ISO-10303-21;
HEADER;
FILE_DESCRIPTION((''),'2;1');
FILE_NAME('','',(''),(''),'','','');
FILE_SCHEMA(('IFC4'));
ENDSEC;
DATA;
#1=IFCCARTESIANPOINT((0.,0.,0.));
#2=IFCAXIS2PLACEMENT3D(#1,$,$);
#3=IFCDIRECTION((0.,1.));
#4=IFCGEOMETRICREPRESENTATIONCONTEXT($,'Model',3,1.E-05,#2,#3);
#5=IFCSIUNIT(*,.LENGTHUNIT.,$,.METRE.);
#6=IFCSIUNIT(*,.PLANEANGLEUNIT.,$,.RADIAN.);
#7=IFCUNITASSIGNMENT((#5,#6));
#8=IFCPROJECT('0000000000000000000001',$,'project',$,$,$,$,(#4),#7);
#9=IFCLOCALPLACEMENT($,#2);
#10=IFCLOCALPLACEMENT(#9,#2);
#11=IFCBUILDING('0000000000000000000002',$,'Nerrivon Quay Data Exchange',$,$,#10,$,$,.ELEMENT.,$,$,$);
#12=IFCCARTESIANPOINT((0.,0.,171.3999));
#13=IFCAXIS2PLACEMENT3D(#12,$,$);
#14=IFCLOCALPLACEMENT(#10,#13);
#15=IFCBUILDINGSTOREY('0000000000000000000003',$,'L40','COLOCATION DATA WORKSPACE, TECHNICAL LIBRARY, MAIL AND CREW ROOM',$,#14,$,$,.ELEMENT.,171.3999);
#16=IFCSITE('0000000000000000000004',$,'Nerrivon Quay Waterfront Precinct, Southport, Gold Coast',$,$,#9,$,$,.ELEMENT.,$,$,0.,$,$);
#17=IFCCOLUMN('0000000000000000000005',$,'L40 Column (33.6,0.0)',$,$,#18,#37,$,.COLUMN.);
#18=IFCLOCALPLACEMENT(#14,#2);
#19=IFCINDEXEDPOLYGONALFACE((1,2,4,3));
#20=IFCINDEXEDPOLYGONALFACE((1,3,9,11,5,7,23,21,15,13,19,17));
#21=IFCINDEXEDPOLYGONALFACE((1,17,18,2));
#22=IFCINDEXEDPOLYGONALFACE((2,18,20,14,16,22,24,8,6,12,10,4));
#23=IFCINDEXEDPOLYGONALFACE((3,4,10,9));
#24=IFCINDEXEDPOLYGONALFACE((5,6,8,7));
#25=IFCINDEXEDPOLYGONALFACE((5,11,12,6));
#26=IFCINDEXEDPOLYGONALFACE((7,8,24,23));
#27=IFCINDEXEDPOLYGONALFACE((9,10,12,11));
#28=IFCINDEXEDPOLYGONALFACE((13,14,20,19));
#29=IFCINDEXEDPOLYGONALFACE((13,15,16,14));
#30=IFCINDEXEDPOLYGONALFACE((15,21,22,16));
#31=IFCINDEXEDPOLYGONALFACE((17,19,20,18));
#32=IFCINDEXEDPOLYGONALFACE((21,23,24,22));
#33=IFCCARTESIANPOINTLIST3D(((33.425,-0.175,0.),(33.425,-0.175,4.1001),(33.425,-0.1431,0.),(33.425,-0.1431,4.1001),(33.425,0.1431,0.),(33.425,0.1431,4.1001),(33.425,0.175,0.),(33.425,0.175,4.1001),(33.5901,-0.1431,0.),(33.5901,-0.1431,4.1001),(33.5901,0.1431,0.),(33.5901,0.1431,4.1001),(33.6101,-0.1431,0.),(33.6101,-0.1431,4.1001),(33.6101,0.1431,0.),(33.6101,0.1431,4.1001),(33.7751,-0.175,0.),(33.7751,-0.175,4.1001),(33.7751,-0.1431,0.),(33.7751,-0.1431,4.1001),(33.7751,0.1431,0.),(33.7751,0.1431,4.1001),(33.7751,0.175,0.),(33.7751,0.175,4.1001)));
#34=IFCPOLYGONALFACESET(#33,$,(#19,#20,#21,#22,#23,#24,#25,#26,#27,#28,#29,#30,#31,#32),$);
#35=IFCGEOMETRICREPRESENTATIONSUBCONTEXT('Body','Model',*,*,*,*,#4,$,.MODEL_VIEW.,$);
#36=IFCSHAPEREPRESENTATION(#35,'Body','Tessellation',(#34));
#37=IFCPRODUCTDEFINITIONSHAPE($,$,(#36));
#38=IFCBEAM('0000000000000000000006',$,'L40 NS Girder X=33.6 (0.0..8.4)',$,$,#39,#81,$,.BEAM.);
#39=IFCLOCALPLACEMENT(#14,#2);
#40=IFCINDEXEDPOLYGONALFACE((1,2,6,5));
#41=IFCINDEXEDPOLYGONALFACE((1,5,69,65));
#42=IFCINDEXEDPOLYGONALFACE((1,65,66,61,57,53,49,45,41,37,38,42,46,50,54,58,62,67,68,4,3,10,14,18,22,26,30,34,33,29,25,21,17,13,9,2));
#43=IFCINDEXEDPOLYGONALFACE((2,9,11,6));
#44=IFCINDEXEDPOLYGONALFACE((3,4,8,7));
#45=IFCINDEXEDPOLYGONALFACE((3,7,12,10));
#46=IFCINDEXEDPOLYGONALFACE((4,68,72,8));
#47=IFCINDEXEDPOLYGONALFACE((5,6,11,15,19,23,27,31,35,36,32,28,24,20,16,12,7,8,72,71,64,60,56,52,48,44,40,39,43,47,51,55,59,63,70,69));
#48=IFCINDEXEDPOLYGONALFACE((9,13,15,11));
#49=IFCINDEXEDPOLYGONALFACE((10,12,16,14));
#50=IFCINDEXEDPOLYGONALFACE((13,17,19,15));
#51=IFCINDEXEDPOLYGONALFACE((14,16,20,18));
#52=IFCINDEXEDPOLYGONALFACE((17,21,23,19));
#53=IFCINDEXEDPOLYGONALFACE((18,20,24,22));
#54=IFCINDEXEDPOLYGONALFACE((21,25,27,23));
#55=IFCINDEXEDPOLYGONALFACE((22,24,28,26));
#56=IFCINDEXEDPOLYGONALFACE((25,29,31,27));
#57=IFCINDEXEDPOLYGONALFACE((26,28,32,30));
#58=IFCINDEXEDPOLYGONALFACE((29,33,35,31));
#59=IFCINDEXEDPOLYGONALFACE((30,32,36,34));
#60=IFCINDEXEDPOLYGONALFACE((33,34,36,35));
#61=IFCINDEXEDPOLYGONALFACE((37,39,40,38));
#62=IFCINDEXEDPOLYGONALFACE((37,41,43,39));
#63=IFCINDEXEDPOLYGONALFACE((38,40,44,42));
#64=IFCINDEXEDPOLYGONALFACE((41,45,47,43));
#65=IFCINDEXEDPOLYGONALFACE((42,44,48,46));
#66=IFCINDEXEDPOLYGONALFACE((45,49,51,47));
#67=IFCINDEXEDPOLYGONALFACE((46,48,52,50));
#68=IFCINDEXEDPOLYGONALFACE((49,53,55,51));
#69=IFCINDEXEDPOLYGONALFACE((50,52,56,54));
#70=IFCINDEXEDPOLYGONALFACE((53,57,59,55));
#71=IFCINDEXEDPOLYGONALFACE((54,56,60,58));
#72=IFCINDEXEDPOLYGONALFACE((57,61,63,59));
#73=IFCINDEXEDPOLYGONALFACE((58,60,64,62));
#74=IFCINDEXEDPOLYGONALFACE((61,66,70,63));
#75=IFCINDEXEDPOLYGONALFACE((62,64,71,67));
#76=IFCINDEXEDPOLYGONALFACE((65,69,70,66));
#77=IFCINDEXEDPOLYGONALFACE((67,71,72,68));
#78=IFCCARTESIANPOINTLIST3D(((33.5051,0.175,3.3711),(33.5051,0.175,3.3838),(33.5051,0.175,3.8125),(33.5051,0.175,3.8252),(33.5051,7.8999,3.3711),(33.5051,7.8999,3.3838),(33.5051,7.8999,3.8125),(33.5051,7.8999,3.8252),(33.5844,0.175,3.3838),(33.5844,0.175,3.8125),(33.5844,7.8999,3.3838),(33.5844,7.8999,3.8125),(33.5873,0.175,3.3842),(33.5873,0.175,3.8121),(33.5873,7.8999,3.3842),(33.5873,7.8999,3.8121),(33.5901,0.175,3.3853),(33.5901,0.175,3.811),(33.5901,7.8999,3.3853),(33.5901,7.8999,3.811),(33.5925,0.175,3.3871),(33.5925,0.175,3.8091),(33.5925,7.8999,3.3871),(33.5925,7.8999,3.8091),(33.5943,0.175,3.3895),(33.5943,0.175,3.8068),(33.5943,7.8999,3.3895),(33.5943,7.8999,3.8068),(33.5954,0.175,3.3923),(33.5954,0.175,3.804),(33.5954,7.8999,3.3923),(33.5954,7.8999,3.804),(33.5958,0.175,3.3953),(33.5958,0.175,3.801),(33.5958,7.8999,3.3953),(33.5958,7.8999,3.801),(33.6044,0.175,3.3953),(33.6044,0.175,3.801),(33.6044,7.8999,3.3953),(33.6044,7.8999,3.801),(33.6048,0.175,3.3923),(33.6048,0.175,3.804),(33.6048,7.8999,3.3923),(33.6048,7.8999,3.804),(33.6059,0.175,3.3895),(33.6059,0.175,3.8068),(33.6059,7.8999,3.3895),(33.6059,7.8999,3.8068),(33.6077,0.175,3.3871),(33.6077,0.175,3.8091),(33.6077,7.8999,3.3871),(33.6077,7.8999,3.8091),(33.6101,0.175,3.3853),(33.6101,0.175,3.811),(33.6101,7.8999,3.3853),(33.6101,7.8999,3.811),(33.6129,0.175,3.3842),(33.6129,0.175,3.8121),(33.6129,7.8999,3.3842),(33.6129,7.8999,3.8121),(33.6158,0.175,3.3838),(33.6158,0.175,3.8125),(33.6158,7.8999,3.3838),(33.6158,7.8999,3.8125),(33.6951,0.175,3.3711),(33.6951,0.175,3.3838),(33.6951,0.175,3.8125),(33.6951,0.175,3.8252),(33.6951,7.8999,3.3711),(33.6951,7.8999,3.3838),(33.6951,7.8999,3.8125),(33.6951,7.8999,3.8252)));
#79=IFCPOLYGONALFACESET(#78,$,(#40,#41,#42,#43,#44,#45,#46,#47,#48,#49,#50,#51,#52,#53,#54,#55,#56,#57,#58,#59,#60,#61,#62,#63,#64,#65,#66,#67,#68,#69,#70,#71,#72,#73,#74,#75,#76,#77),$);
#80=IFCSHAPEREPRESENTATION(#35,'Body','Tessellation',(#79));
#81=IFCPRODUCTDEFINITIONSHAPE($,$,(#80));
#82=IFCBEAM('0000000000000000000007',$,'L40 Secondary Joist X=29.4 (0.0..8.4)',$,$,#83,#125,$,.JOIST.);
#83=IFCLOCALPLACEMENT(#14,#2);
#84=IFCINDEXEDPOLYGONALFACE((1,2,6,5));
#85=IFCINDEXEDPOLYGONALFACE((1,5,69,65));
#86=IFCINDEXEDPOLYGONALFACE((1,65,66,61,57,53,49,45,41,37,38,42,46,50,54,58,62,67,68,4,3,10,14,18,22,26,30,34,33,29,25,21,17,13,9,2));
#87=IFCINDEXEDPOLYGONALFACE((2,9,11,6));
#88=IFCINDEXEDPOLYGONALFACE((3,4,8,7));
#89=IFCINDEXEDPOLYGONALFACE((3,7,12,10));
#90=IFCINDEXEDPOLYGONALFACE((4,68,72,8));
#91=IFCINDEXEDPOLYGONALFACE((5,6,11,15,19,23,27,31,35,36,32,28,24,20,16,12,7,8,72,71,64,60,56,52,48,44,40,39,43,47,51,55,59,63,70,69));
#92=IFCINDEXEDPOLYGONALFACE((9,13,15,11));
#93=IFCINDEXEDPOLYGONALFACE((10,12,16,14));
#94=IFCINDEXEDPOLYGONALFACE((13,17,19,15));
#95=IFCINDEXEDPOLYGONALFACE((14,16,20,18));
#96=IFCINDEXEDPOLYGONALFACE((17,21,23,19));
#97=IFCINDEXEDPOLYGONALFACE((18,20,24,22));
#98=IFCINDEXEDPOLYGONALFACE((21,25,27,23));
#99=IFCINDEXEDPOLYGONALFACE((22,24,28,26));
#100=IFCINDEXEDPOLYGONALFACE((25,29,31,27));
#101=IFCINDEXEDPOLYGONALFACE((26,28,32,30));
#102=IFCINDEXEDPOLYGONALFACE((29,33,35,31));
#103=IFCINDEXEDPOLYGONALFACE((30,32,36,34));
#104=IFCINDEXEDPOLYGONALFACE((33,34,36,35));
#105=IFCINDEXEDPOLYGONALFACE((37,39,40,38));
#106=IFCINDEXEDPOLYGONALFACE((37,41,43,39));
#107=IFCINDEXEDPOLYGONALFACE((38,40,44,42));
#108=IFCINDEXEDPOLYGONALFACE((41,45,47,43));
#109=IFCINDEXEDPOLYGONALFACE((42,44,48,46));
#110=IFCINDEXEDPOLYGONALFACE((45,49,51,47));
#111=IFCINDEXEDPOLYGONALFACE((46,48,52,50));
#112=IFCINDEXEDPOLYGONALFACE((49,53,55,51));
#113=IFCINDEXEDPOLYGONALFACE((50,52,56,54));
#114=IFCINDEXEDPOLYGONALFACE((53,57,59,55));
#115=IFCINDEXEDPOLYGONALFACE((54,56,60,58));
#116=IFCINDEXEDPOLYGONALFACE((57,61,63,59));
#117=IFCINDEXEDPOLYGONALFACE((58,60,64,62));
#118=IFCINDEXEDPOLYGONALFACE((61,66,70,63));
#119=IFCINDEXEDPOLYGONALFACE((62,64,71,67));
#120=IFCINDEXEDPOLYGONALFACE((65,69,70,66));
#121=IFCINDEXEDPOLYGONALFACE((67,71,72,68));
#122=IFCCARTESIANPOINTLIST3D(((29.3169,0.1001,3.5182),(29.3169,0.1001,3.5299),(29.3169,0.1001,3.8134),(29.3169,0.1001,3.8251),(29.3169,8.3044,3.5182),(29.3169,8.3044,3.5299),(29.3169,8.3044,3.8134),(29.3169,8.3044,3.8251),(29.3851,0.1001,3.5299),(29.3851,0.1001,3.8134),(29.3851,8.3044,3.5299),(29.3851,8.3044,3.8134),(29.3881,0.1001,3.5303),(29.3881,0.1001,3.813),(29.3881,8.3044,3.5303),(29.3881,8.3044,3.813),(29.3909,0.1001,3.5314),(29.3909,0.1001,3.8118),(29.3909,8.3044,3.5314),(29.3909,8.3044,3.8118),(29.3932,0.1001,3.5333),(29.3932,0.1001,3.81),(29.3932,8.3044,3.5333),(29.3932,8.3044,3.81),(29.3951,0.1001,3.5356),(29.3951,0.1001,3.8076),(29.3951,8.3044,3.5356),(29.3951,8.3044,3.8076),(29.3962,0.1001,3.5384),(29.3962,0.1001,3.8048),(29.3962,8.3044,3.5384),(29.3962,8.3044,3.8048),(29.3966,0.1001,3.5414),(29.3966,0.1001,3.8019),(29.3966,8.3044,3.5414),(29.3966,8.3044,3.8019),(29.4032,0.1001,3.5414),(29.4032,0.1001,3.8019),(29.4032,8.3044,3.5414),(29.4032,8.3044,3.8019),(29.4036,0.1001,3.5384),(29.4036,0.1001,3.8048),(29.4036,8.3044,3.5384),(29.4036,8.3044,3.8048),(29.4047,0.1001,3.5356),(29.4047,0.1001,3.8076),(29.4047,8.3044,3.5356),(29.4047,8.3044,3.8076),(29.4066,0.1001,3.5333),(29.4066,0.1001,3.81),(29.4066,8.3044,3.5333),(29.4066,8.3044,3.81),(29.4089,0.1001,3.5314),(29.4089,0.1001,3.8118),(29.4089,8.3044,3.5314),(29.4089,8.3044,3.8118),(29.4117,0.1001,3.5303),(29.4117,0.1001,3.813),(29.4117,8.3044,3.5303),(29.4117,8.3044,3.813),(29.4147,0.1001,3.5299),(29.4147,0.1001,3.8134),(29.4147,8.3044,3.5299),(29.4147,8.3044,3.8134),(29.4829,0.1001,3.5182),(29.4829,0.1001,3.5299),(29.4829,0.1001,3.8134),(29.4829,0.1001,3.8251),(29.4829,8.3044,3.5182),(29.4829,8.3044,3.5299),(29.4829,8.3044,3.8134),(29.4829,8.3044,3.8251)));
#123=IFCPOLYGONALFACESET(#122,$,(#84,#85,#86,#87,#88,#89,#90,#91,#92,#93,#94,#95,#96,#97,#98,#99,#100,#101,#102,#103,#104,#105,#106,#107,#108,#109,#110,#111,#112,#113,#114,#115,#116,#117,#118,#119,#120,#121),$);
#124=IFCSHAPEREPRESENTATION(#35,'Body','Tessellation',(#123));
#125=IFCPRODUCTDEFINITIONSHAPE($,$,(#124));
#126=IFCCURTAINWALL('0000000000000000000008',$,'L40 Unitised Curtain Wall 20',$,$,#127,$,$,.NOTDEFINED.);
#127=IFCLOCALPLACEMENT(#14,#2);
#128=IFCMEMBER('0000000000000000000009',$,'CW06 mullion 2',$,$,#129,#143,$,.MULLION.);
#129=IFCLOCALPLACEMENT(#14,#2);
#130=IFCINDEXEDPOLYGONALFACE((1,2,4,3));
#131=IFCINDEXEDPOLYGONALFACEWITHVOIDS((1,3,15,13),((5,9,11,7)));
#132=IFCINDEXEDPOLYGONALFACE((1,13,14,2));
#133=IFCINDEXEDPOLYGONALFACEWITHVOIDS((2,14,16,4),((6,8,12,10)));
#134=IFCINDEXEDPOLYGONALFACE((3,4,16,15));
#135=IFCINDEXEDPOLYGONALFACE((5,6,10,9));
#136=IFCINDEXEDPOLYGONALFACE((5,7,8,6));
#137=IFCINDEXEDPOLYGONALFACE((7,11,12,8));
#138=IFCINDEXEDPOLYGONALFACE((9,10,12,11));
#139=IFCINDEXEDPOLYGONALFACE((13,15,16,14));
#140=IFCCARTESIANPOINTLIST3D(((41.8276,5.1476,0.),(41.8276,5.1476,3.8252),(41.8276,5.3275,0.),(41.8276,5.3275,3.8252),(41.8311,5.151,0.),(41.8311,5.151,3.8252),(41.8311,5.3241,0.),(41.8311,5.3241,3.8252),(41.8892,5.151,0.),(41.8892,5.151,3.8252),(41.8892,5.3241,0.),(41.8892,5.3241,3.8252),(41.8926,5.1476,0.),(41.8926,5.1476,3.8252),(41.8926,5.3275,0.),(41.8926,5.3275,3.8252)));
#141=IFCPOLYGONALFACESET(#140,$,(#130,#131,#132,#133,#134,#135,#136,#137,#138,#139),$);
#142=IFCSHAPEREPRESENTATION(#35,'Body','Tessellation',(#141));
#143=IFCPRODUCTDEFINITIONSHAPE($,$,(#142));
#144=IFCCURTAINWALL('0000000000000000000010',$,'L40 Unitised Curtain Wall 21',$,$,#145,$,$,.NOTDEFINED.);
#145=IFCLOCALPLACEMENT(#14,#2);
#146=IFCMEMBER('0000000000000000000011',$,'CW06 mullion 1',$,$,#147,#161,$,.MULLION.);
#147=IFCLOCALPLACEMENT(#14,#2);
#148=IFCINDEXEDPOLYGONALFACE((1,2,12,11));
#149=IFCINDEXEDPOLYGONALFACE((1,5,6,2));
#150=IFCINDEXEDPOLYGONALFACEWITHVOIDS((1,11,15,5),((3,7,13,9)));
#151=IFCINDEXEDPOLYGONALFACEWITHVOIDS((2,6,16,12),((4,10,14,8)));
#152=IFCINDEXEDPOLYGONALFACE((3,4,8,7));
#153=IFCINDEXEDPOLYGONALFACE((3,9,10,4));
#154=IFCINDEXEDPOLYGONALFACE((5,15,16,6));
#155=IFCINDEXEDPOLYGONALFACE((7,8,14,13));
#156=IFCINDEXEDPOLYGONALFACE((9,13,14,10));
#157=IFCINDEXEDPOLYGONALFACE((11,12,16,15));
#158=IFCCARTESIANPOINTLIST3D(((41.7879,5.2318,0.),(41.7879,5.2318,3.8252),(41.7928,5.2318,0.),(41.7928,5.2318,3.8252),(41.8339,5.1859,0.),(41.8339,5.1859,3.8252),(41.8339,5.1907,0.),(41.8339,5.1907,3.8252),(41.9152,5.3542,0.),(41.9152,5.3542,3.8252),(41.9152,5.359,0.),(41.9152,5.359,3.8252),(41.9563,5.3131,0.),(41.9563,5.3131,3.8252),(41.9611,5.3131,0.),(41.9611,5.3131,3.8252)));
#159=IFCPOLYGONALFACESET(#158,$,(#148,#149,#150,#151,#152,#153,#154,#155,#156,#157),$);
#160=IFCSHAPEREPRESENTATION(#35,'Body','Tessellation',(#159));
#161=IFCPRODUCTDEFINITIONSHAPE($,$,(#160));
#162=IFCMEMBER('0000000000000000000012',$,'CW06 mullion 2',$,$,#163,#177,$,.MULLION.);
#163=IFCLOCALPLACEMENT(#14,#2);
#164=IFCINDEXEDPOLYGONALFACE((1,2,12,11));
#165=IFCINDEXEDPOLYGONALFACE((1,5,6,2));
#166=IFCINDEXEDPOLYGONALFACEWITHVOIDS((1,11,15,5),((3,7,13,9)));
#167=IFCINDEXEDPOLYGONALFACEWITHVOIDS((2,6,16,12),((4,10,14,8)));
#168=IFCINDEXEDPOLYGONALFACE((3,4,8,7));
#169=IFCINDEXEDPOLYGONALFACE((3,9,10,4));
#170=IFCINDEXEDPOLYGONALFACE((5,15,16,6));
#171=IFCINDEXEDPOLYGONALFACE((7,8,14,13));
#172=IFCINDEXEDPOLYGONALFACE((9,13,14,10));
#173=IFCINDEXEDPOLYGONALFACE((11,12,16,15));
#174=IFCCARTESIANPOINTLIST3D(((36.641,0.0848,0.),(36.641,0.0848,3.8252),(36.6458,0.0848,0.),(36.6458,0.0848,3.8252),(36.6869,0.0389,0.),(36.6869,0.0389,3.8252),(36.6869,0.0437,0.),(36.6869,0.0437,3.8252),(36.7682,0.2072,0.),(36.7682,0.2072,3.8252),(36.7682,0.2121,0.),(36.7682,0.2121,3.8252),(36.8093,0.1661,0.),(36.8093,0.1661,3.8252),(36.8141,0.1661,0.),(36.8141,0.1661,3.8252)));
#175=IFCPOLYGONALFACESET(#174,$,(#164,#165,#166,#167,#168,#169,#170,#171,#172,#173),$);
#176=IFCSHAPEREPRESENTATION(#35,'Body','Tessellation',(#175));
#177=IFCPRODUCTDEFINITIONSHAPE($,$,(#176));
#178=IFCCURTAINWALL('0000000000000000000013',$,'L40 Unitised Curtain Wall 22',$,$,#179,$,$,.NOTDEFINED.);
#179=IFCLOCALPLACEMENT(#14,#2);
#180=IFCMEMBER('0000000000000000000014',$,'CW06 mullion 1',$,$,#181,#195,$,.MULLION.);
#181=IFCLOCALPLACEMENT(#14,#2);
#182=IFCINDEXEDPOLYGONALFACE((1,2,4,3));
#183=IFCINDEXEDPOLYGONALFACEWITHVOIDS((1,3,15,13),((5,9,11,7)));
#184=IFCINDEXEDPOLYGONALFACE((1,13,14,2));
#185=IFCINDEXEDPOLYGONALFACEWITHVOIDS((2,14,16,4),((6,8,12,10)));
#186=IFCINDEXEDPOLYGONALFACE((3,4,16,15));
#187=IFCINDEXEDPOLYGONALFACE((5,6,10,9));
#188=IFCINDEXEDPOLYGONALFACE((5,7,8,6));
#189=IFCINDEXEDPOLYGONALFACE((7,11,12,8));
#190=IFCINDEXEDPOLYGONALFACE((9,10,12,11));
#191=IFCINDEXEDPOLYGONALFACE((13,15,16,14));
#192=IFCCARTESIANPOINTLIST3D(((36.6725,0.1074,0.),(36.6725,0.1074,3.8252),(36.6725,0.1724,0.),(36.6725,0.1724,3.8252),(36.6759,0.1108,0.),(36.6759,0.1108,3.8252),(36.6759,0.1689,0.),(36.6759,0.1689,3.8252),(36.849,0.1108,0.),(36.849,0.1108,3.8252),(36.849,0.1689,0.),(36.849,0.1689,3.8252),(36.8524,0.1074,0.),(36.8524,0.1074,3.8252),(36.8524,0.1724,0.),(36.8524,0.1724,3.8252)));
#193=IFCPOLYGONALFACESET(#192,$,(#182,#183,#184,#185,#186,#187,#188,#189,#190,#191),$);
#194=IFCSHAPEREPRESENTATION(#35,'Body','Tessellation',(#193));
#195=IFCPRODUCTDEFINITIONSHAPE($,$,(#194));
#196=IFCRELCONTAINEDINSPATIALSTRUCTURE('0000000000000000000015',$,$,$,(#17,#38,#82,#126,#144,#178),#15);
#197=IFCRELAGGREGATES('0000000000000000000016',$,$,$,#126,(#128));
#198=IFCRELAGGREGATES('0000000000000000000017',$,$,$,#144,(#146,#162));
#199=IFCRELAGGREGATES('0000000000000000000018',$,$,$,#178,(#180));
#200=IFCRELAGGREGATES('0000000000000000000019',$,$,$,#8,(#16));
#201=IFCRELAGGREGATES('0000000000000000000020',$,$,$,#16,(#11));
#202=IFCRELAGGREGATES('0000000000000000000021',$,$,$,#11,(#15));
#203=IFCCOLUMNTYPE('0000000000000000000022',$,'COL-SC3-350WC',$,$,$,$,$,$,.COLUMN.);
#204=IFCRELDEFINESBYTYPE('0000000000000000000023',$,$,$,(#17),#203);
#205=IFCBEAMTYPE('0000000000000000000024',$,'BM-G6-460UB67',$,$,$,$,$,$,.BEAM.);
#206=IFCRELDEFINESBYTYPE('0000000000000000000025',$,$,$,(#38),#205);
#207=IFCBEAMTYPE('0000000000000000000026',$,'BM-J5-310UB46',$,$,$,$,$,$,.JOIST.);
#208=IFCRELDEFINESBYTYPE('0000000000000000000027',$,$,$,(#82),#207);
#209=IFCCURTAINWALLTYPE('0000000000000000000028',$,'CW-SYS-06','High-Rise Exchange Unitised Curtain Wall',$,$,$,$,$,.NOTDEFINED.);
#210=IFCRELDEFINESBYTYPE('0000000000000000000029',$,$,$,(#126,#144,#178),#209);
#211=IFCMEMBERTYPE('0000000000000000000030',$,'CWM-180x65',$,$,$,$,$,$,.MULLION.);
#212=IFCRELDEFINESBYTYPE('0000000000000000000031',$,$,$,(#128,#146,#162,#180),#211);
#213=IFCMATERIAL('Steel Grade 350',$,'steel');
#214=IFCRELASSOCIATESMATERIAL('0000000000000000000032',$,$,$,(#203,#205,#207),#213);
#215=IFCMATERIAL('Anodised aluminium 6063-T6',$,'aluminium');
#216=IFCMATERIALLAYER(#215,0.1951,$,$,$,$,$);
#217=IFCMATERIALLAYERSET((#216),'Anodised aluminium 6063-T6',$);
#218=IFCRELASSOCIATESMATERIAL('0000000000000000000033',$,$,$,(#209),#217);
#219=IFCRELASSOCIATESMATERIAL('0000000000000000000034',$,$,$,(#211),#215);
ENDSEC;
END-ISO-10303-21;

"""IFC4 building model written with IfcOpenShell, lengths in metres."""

from ifc_helpers import new_model, si_unit, direction, frame, origin, origin_2d, place, context, subcontext, project, spatial, hollow_rectangle, i_section, extrude, material, layer, layer_set, material_profile, profile_set, type_object, element, aggregate, save


model = new_model("IFC4")

# Units and contexts
model_context = context("Model", 3, precision=1e-05, world=origin(), true_north=direction((0.0, 1.0)))
body_context = subcontext(model_context, "Body", "Model", "MODEL_VIEW")
ifc_project = project(units=[si_unit("LENGTHUNIT", "METRE"), si_unit("PLANEANGLEUNIT", "RADIAN")], contexts=[model_context])

# Site, building, storey
site_placement = place(None, origin())
site = spatial("IfcSite", under=ifc_project, at=site_placement, Name="Nerrivon Quay Waterfront Precinct, Southport, Gold Coast", CompositionType="ELEMENT", RefElevation=0.0)
building_placement = place(site_placement, origin())
building = spatial("IfcBuilding", under=site, at=building_placement, Name="Nerrivon Quay Data Exchange", CompositionType="ELEMENT")
storey_placement = place(building_placement, frame((0.0, 0.0, 171.3999)))
storey = spatial("IfcBuildingStorey", under=building, at=storey_placement, Name="L40", Description="COLOCATION DATA WORKSPACE, TECHNICAL LIBRARY, MAIL AND CREW ROOM", CompositionType="ELEMENT", Elevation=171.3999)

# Column
ifc_material_1 = material(Name="Steel Grade 350", Category="steel")
ifc_material_profile_1 = material_profile(ifc_material_1, i_section(OverallWidth=0.3501, OverallDepth=0.3501, WebThickness=0.02, FlangeThickness=0.032, at=origin_2d()), Name="350WC230")
ifc_profile_set_1 = profile_set([ifc_material_profile_1], Name="Steel Grade 350")
column_type = type_object("IfcColumnType", Name="COL-SC3-350WC", PredefinedType="COLUMN", material=ifc_profile_set_1)
column_placement = place(storey_placement, frame((33.6001, 0.0, 0.0), z_axis=(0.0, 0.0, 1.0), x_axis=(1.0, 0.0, 0.0)))
element("IfcColumn", 1, at=column_placement, inside=storey, type_object=column_type, Name="L40 Column (33.6,0.0)", PredefinedType="COLUMN", context=body_context, shape_type="SweptSolid", body=[
    extrude(i_section(OverallWidth=0.3501, OverallDepth=0.3501, WebThickness=0.02, FlangeThickness=0.032, at=origin_2d()), origin(), (0.0, 0.0, 1.0), 4.1001),
])

# Beams
ifc_material_profile_2 = material_profile(ifc_material_1, i_section(OverallWidth=0.1899, OverallDepth=0.4541, WebThickness=0.0085, FlangeThickness=0.0127, FilletRadius=0.0115, at=origin_2d()), Name="460UB67.1")
ifc_profile_set_2 = profile_set([ifc_material_profile_2], Name="Steel Grade 350")
beam_type_1 = type_object("IfcBeamType", Name="BM-G6-460UB67", PredefinedType="BEAM", material=ifc_profile_set_2)
beam_1_placement = place(storey_placement, frame((33.6001, 0.175, 3.5981), z_axis=(0.0, 1.0, 0.0), x_axis=(-1.0, 0.0, 0.0)))
element("IfcBeam", 2, at=beam_1_placement, inside=storey, type_object=beam_type_1, Name="L40 NS Girder X=33.6 (0.0..8.4)", PredefinedType="BEAM", context=body_context, shape_type="SweptSolid", body=[
    extrude(i_section(OverallWidth=0.1899, OverallDepth=0.4541, WebThickness=0.0085, FlangeThickness=0.0127, FilletRadius=0.0115, at=origin_2d()), origin(), (0.0, 0.0, 1.0), 7.7249),
])
ifc_material_profile_3 = material_profile(ifc_material_1, i_section(OverallWidth=0.166, OverallDepth=0.3069, WebThickness=0.0066, FlangeThickness=0.0117, FilletRadius=0.0115, at=origin_2d()), Name="310UB46.2")
ifc_profile_set_3 = profile_set([ifc_material_profile_3], Name="Steel Grade 350")
beam_type_2 = type_object("IfcBeamType", Name="BM-J5-310UB46", PredefinedType="JOIST", material=ifc_profile_set_3)
beam_2_placement = place(storey_placement, frame((29.3999, 0.1001, 3.6716), z_axis=(0.0, 1.0, 0.0), x_axis=(-1.0, 0.0, 0.0)))
element("IfcBeam", 3, at=beam_2_placement, inside=storey, type_object=beam_type_2, Name="L40 Secondary Joist X=29.4 (0.0..8.4)", PredefinedType="JOIST", context=body_context, shape_type="SweptSolid", body=[
    extrude(i_section(OverallWidth=0.166, OverallDepth=0.3069, WebThickness=0.0066, FlangeThickness=0.0117, FilletRadius=0.0115, at=origin_2d()), origin(), (0.0, 0.0, 1.0), 8.2043),
])

# Curtain wall, member
ifc_material_2 = material(Name="Anodised aluminium 6063-T6", Category="aluminium")
ifc_layer_1 = layer(ifc_material_2, 0.1951)
ifc_layer_set_1 = layer_set([ifc_layer_1], Name="Anodised aluminium 6063-T6")
curtain_wall_type = type_object("IfcCurtainWallType", Name="CW-SYS-06", Description="High-Rise Exchange Unitised Curtain Wall", PredefinedType="NOTDEFINED", material=ifc_layer_set_1)
curtain_wall_1_placement = place(storey_placement, origin())
curtain_wall_1 = element("IfcCurtainWall", 4, at=curtain_wall_1_placement, inside=storey, type_object=curtain_wall_type, Name="L40 Unitised Curtain Wall 20", PredefinedType="NOTDEFINED")
ifc_material_profile_4 = material_profile(ifc_material_2, hollow_rectangle(XDim=0.0649, YDim=0.1799, WallThickness=0.0034, at=origin_2d()), Name="ALU-MULL-180x65")
ifc_profile_set_4 = profile_set([ifc_material_profile_4], Name="Anodised aluminium 6063-T6")
member_type_1 = type_object("IfcMemberType", Name="CWM-180x65", PredefinedType="MULLION", material=ifc_profile_set_4)
member_1_placement = place(storey_placement, frame((41.8601, 5.2375, 0.0), z_axis=(0.0, 0.0, 1.0), x_axis=(1.0, 0.0, 0.0)))
member_1 = element("IfcMember", 5, at=member_1_placement, type_object=member_type_1, Name="CW06 mullion 2", PredefinedType="MULLION", context=body_context, shape_type="SweptSolid", body=[
    extrude(hollow_rectangle(XDim=0.0649, YDim=0.1799, WallThickness=0.0034, at=origin_2d()), origin(), (0.0, 0.0, 1.0), 3.8252),
])

# Curtain walls, members
curtain_wall_2_placement = place(storey_placement, origin())
curtain_wall_2 = element("IfcCurtainWall", 6, at=curtain_wall_2_placement, inside=storey, type_object=curtain_wall_type, Name="L40 Unitised Curtain Wall 21", PredefinedType="NOTDEFINED")
member_2_placement = place(storey_placement, frame((41.8745, 5.2725, 0.0), z_axis=(0.0, 0.0, 1.0), x_axis=(0.707107, -0.707107, 0.0)))
member_2 = element("IfcMember", 7, at=member_2_placement, type_object=member_type_1, Name="CW06 mullion 1", PredefinedType="MULLION", context=body_context, shape_type="SweptSolid", body=[
    extrude(hollow_rectangle(XDim=0.0649, YDim=0.1799, WallThickness=0.0034, at=origin_2d()), origin(), (0.0, 0.0, 1.0), 3.8252),
])
member_3_placement = place(storey_placement, frame((36.7275, 0.1255, 0.0), z_axis=(0.0, 0.0, 1.0), x_axis=(0.707107, -0.707107, 0.0)))
member_3 = element("IfcMember", 8, at=member_3_placement, type_object=member_type_1, Name="CW06 mullion 2", PredefinedType="MULLION", context=body_context, shape_type="SweptSolid", body=[
    extrude(hollow_rectangle(XDim=0.0649, YDim=0.1799, WallThickness=0.0034, at=origin_2d()), origin(), (0.0, 0.0, 1.0), 3.8252),
])
curtain_wall_3_placement = place(storey_placement, origin())
curtain_wall_3 = element("IfcCurtainWall", 9, at=curtain_wall_3_placement, inside=storey, type_object=curtain_wall_type, Name="L40 Unitised Curtain Wall 22", PredefinedType="NOTDEFINED")
member_4_placement = place(storey_placement, frame((36.7625, 0.1399, 0.0), z_axis=(0.0, 0.0, 1.0), x_axis=(0.0, -1.0, 0.0)))
member_4 = element("IfcMember", 10, at=member_4_placement, type_object=member_type_1, Name="CW06 mullion 1", PredefinedType="MULLION", context=body_context, shape_type="SweptSolid", body=[
    extrude(hollow_rectangle(XDim=0.0649, YDim=0.1799, WallThickness=0.0034, at=origin_2d()), origin(), (0.0, 0.0, 1.0), 3.8252),
])

aggregate(curtain_wall_1, [member_1])
aggregate(curtain_wall_2, [member_2, member_3])
aggregate(curtain_wall_3, [member_4])

save(model, "model.ifc")
